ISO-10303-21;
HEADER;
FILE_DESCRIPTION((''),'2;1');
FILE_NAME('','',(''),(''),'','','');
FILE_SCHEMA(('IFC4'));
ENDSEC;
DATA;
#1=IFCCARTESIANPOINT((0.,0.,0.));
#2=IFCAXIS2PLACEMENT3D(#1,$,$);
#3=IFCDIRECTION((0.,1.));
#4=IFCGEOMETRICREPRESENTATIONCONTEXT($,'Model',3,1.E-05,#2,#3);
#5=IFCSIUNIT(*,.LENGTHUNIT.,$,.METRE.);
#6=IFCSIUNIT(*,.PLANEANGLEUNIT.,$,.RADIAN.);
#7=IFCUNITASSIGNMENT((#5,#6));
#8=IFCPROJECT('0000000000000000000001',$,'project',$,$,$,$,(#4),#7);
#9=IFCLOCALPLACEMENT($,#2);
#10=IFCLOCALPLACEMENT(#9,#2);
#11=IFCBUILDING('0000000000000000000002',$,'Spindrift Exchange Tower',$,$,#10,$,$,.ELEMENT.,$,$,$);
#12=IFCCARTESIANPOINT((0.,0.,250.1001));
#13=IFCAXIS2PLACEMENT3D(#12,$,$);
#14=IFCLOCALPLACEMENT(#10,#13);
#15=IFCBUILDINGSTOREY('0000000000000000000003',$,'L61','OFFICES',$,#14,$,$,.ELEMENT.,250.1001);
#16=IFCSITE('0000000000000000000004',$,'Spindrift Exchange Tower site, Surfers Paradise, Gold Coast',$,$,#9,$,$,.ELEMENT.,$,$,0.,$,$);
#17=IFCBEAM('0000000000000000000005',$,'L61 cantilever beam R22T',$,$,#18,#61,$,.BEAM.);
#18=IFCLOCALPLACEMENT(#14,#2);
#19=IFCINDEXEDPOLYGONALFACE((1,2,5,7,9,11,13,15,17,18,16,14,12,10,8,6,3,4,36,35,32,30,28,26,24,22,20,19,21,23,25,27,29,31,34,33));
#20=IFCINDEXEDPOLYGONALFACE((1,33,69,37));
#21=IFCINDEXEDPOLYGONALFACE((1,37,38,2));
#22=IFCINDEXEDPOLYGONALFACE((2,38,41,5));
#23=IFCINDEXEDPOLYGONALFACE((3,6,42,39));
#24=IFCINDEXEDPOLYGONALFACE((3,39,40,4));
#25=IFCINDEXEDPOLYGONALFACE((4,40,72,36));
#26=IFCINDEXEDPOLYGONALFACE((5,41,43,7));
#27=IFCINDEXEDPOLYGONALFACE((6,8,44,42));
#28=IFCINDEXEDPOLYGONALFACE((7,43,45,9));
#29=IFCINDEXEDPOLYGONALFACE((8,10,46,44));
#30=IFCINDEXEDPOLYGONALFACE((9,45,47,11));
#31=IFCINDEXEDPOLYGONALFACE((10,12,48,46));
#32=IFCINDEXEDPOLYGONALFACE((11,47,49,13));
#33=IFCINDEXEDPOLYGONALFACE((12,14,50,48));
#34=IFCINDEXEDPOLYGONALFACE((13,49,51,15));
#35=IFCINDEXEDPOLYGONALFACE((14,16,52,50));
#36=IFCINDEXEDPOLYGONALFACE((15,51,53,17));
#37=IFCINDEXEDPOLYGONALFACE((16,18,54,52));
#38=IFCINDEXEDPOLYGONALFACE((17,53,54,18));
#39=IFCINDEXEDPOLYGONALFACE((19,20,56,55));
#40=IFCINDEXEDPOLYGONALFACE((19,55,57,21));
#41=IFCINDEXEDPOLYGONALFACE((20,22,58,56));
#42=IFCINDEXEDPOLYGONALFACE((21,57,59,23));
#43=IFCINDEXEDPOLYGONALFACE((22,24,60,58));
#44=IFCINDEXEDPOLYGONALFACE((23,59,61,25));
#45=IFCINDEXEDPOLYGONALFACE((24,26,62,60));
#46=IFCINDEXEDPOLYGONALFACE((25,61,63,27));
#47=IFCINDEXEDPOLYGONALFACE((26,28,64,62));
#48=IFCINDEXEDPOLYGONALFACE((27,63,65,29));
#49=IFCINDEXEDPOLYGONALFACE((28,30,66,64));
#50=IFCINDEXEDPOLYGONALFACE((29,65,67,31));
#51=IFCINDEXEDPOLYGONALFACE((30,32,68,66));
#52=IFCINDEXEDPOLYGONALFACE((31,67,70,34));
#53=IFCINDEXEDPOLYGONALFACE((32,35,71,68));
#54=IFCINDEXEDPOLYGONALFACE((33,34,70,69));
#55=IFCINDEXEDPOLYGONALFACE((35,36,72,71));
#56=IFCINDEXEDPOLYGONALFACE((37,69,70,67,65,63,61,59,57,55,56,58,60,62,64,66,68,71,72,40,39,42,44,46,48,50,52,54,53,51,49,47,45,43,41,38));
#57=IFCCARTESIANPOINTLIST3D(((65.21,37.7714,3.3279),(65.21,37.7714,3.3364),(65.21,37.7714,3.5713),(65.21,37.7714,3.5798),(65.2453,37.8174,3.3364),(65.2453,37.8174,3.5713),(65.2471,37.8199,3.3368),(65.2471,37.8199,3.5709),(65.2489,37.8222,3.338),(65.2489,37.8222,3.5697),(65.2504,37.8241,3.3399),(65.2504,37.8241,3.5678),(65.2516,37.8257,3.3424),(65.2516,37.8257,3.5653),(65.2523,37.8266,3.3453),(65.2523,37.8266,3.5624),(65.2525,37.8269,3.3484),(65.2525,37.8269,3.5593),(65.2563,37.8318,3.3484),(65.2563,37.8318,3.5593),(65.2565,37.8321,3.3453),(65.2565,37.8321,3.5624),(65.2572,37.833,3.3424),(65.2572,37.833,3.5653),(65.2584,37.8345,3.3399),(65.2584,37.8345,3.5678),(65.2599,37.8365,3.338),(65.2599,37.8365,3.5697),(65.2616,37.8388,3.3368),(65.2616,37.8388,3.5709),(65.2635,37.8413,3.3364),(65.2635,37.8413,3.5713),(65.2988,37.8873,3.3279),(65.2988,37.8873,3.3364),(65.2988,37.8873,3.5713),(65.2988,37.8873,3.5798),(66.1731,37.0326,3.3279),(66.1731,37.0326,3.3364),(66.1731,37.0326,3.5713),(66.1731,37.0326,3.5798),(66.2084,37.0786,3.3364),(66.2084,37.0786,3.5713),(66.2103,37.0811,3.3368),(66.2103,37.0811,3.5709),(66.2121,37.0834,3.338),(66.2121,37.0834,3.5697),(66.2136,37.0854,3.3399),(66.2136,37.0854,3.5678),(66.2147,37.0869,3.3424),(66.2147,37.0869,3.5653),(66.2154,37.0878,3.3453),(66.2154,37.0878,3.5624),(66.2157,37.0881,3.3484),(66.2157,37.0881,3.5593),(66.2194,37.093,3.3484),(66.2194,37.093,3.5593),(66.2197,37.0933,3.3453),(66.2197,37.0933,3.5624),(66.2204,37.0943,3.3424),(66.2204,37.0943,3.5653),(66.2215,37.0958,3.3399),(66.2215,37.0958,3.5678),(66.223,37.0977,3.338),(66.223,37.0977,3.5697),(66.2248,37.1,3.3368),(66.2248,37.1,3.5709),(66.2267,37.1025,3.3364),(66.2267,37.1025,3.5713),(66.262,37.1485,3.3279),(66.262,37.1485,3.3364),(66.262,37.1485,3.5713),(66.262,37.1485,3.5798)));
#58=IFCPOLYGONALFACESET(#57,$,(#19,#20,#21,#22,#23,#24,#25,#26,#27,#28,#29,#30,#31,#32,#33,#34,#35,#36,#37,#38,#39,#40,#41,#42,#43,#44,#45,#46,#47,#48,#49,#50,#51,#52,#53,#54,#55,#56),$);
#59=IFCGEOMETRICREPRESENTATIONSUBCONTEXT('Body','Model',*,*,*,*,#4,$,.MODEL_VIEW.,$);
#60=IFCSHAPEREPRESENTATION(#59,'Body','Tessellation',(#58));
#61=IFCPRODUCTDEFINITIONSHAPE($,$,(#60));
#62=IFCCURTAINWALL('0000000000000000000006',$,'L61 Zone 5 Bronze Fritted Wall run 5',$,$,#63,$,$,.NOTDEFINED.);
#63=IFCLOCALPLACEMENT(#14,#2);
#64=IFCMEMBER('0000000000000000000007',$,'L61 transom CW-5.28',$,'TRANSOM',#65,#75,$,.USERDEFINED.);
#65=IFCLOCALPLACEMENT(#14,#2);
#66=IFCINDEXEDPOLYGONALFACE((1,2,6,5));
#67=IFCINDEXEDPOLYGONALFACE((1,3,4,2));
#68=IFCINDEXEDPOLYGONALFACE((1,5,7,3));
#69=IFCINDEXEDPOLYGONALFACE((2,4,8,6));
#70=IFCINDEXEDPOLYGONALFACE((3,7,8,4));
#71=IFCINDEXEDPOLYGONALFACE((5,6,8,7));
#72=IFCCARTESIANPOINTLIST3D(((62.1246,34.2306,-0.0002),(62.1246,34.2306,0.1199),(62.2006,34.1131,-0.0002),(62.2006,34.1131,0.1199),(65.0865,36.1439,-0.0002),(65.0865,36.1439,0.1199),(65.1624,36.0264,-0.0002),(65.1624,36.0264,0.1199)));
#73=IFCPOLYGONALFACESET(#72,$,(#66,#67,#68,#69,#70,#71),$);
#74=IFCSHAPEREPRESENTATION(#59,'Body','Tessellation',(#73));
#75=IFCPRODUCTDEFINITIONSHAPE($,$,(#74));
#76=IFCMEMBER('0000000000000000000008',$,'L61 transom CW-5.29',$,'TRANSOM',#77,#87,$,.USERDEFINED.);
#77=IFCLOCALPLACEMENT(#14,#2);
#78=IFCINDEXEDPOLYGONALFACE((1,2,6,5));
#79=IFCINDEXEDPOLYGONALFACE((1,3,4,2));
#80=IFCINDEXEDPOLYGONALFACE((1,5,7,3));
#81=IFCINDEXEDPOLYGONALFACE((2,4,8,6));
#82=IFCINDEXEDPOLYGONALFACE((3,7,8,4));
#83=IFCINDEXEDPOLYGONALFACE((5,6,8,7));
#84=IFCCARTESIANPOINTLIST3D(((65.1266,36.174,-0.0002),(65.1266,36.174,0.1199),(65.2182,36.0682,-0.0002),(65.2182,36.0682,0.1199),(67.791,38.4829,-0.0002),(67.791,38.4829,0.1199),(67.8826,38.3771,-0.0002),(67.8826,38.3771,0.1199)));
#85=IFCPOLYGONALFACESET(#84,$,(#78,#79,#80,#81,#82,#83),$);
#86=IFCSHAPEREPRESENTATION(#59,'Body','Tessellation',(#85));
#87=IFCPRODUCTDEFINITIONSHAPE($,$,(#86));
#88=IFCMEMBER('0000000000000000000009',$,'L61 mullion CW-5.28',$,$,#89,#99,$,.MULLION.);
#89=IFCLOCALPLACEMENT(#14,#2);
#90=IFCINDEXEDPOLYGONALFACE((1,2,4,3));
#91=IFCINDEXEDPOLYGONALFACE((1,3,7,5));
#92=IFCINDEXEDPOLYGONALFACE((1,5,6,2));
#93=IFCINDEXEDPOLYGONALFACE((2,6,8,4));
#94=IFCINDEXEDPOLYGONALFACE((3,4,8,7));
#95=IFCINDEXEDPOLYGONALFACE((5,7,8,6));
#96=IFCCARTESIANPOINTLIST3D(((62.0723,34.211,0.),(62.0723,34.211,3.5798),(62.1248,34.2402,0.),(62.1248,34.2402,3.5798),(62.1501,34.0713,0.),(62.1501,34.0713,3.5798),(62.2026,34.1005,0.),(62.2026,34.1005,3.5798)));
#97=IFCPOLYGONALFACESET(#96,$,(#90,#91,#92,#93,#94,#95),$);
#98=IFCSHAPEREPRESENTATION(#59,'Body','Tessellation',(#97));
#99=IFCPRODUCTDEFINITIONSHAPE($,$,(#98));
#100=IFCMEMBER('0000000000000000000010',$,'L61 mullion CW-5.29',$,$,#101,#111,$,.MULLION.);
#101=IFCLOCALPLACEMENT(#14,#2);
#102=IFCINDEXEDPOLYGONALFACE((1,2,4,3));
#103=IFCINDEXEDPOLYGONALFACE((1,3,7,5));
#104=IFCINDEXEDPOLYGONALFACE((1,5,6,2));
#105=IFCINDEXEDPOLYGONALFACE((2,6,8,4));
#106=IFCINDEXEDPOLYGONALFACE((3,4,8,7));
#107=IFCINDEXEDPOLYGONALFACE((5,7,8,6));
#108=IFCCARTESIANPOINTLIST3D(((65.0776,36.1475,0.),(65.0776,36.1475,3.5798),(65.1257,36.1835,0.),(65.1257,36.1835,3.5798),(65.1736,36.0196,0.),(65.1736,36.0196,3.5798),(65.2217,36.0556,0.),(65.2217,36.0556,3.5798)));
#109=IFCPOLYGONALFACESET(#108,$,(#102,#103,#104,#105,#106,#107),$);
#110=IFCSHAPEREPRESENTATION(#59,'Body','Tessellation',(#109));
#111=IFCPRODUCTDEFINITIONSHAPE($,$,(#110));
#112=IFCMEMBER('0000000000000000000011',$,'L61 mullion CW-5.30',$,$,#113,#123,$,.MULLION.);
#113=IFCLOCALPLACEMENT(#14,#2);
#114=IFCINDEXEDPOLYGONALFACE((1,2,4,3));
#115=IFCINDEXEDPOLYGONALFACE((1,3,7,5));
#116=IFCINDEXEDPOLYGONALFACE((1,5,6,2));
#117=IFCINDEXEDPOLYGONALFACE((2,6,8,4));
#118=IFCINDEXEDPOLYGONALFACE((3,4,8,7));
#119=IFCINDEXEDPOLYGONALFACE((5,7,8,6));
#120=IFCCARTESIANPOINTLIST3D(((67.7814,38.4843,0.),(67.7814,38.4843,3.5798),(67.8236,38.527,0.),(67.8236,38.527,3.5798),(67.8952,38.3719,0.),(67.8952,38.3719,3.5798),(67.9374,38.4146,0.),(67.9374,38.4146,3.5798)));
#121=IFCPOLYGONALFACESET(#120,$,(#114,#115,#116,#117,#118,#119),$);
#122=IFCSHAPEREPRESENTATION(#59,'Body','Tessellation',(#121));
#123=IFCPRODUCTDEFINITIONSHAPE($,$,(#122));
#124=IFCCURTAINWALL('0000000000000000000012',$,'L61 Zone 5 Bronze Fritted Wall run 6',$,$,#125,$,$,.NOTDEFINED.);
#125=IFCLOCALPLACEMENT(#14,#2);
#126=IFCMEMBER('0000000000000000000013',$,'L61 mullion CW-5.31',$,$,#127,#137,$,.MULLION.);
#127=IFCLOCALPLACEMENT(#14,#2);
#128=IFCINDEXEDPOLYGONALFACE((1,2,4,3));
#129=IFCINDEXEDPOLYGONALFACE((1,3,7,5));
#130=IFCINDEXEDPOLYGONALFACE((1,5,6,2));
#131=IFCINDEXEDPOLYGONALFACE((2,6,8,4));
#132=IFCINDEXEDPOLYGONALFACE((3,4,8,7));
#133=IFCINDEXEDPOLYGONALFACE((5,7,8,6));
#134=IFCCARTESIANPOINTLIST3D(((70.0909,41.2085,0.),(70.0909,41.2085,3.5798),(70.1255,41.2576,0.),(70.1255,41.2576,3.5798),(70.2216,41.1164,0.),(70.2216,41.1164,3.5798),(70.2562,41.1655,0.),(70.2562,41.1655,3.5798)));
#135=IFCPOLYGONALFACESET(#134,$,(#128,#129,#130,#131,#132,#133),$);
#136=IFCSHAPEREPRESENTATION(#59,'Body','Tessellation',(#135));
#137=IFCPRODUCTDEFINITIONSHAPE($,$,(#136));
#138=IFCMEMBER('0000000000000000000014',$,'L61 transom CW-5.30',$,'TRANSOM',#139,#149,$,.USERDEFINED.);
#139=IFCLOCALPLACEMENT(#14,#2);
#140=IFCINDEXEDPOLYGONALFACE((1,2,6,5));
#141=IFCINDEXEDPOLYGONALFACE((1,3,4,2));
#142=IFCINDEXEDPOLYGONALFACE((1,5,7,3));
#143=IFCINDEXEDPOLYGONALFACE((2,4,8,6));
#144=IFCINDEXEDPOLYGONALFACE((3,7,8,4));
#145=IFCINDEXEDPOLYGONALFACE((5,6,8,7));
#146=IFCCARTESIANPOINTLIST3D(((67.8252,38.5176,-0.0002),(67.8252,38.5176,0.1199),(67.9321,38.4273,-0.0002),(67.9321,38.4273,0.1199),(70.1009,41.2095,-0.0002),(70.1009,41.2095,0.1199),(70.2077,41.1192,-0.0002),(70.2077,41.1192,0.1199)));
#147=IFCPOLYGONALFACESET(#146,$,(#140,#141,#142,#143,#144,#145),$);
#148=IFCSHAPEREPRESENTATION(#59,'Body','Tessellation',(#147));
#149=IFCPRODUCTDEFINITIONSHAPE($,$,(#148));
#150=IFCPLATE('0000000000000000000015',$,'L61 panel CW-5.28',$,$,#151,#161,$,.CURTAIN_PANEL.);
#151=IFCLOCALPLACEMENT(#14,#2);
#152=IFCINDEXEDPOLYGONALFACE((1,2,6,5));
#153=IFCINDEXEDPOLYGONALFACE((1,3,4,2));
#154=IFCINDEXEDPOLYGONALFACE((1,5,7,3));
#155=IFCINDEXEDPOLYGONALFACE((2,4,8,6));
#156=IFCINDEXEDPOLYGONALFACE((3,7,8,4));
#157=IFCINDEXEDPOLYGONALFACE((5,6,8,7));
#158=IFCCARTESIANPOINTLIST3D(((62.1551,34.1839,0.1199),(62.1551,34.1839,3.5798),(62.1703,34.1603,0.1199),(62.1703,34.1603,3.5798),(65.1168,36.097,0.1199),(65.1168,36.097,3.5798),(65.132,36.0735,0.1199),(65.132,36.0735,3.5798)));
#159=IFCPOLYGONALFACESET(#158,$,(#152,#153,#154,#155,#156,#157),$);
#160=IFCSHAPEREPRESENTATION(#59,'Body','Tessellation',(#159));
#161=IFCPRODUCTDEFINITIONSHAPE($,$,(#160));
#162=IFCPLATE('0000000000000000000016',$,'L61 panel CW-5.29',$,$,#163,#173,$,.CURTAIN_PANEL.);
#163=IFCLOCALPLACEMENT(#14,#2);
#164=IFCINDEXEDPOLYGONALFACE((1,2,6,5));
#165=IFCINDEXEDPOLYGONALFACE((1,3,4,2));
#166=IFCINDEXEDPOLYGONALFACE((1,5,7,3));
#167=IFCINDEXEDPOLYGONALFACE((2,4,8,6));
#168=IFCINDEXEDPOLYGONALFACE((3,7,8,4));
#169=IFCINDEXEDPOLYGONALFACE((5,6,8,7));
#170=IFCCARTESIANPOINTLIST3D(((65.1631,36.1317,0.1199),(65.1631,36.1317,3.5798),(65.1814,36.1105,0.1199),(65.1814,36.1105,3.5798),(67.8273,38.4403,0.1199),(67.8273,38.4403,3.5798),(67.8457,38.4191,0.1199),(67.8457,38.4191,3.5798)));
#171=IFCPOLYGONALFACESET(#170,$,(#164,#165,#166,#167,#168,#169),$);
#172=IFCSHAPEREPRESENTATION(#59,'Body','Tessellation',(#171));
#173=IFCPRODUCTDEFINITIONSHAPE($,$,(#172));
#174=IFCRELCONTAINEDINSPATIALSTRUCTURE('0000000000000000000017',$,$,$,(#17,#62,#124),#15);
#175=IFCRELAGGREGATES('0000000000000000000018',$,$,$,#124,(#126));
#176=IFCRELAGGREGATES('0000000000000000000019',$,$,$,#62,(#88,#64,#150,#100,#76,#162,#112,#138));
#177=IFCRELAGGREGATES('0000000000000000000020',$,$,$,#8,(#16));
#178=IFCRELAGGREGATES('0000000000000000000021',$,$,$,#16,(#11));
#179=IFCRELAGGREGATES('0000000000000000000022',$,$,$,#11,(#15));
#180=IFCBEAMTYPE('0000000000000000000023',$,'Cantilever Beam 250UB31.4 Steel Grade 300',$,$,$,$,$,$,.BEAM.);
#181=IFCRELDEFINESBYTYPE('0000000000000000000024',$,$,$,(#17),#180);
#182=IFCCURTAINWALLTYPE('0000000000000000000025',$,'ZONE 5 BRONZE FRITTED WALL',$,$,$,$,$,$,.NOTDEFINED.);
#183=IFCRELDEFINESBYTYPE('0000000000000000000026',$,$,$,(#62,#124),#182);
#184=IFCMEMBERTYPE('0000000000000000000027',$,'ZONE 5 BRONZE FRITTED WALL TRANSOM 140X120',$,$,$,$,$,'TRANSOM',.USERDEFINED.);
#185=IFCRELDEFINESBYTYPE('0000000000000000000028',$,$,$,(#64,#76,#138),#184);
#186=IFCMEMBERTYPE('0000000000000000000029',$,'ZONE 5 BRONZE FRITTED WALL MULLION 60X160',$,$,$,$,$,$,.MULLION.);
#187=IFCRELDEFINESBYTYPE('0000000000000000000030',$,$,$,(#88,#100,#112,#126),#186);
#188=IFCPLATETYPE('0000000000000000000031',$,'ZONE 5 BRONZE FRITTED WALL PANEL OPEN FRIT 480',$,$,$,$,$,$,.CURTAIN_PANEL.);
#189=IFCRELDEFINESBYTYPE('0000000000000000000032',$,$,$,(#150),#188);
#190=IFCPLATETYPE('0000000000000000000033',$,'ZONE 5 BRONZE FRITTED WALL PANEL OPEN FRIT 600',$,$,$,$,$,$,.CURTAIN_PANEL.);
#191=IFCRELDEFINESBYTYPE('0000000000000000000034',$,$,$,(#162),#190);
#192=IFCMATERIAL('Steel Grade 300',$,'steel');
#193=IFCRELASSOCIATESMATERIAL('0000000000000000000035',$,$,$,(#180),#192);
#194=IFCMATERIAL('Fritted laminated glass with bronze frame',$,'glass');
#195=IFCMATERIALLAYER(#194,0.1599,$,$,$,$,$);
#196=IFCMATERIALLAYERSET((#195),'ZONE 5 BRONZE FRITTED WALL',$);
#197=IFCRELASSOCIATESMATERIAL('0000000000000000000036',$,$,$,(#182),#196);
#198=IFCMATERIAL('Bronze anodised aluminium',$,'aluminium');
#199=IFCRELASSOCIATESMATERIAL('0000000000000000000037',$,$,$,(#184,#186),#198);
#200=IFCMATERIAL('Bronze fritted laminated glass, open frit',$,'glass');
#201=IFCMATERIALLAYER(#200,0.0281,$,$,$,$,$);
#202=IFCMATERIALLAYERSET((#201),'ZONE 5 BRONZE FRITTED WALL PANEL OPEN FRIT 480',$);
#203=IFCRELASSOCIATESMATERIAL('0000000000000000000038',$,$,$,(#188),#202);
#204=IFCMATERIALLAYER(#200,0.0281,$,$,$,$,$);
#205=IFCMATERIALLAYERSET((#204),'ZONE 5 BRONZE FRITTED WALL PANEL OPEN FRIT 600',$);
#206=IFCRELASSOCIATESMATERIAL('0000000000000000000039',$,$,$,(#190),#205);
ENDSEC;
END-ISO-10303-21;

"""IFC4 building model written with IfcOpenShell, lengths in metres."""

from ifc_helpers import new_model, si_unit, direction, frame, origin, origin_2d, place, context, subcontext, project, spatial, rectangle, i_section, extrude, source, transform, mapped, material, layer, layer_set, material_profile, profile_set, type_object, element, aggregate, save


model = new_model("IFC4")

# Units and contexts
model_context = context("Model", 3, precision=1e-05, world=origin(), true_north=direction((0.0, 1.0)))
body_context = subcontext(model_context, "Body", "Model", "MODEL_VIEW")
ifc_project = project(units=[si_unit("LENGTHUNIT", "METRE"), si_unit("PLANEANGLEUNIT", "RADIAN")], contexts=[model_context])

# Site, building, storey
site_placement = place(None, origin())
site = spatial("IfcSite", under=ifc_project, at=site_placement, Name="Spindrift Exchange Tower site, Surfers Paradise, Gold Coast", CompositionType="ELEMENT", RefElevation=0.0)
building_placement = place(site_placement, origin())
building = spatial("IfcBuilding", under=site, at=building_placement, Name="Spindrift Exchange Tower", CompositionType="ELEMENT")
storey_placement = place(building_placement, frame((0.0, 0.0, 250.1001)))
storey = spatial("IfcBuildingStorey", under=building, at=storey_placement, Name="L61", Description="OFFICES", CompositionType="ELEMENT", Elevation=250.1001)

# Beam
ifc_material_1 = material(Name="Steel Grade 300", Category="steel")
ifc_material_profile_1 = material_profile(ifc_material_1, i_section(OverallWidth=0.146, OverallDepth=0.252, WebThickness=0.0061, FlangeThickness=0.0085, FilletRadius=0.012, at=origin_2d()), Name="250UB31.4")
ifc_profile_set_1 = profile_set([ifc_material_profile_1], Name="Steel Grade 300")
beam_type_1 = type_object("IfcBeamType", Name="Cantilever Beam 250UB31.4 Steel Grade 300", PredefinedType="BEAM", material=ifc_profile_set_1)
shared_shape_1 = source(origin(), body_context, "Body", "SweptSolid", [
    extrude(i_section(OverallWidth=0.146, OverallDepth=0.252, WebThickness=0.0061, FlangeThickness=0.0085, FilletRadius=0.012, at=origin_2d()), origin(), (0.0, 0.0, 1.0), 1.2139),
])
beam_1_placement = place(storey_placement, frame((65.2544, 37.8293, 3.4539), z_axis=(0.793461, -0.608622, 0.0), x_axis=(0.608622, 0.793461, 0.0)))
element("IfcBeam", 1, at=beam_1_placement, inside=storey, type_object=beam_type_1, Name="L61 cantilever beam R22T", PredefinedType="BEAM", context=body_context, shape_type="MappedRepresentation", body=[
    mapped(shared_shape_1, transform((0.0, 0.0, 0.0), scale=1.0)),
])

# Curtain wall, members
ifc_material_2 = material(Name="Fritted laminated glass with bronze frame", Category="glass")
ifc_layer_1 = layer(ifc_material_2, 0.1599)
ifc_layer_set_1 = layer_set([ifc_layer_1], Name="ZONE 5 BRONZE FRITTED WALL")
curtain_wall_type = type_object("IfcCurtainWallType", Name="ZONE 5 BRONZE FRITTED WALL", PredefinedType="NOTDEFINED", material=ifc_layer_set_1)
curtain_wall_1_placement = place(storey_placement, origin())
curtain_wall_1 = element("IfcCurtainWall", 2, at=curtain_wall_1_placement, inside=storey, type_object=curtain_wall_type, Name="L61 Zone 5 Bronze Fritted Wall run 5", PredefinedType="NOTDEFINED")
ifc_material_3 = material(Name="Bronze anodised aluminium", Category="aluminium")
ifc_material_profile_2 = material_profile(ifc_material_3, rectangle(XDim=0.1399, YDim=0.1201, at=origin_2d()), Name="ZONE 5 BRONZE FRITTED WALL TRANSOM 140X120")
ifc_profile_set_2 = profile_set([ifc_material_profile_2], Name="Bronze anodised aluminium")
member_type_1 = type_object("IfcMemberType", Name="ZONE 5 BRONZE FRITTED WALL TRANSOM 140X120", ElementType="TRANSOM", PredefinedType="USERDEFINED", material=ifc_profile_set_2)
shared_shape_2 = source(origin(), body_context, "Body", "SweptSolid", [
    extrude(rectangle(XDim=0.1399, YDim=0.1201, at=origin_2d()), origin(), (0.0, 0.0, 1.0), 3.5261),
])
member_1_placement = place(storey_placement, frame((62.1626, 34.1719, 0.0598), z_axis=(0.839984, 0.542611, 0.0), x_axis=(-0.542611, 0.839984, 0.0)))
member_1 = element("IfcMember", 3, at=member_1_placement, type_object=member_type_1, Name="L61 transom CW-5.28", ObjectType="TRANSOM", PredefinedType="USERDEFINED", context=body_context, shape_type="MappedRepresentation", body=[
    mapped(shared_shape_2, transform((0.0, 0.0, 0.0), scale=1.0)),
])
shared_shape_3 = source(origin(), body_context, "Body", "SweptSolid", [
    extrude(rectangle(XDim=0.1399, YDim=0.1201, at=origin_2d()), origin(), (0.0, 0.0, 1.0), 3.5256),
])
member_2_placement = place(storey_placement, frame((65.1724, 36.1211, 0.0598), z_axis=(0.755721, 0.654894, 0.0), x_axis=(-0.654894, 0.755721, 0.0)))
member_2 = element("IfcMember", 4, at=member_2_placement, type_object=member_type_1, Name="L61 transom CW-5.29", ObjectType="TRANSOM", PredefinedType="USERDEFINED", context=body_context, shape_type="MappedRepresentation", body=[
    mapped(shared_shape_3, transform((0.0, 0.0, 0.0), scale=1.0)),
])
ifc_material_profile_3 = material_profile(ifc_material_3, rectangle(XDim=0.0601, YDim=0.1599, at=origin_2d()), Name="ZONE 5 BRONZE FRITTED WALL MULLION 60X160")
ifc_profile_set_3 = profile_set([ifc_material_profile_3], Name="Bronze anodised aluminium")
member_type_2 = type_object("IfcMemberType", Name="ZONE 5 BRONZE FRITTED WALL MULLION 60X160", PredefinedType="MULLION", material=ifc_profile_set_3)
shared_shape_4 = source(origin(), body_context, "Body", "SweptSolid", [
    extrude(rectangle(XDim=0.0601, YDim=0.1599, at=origin_2d()), origin(), (0.0, 0.0, 1.0), 3.5798),
])
member_3_placement = place(storey_placement, frame((62.1375, 34.1558, 0.0), z_axis=(0.0, 0.0, 1.0), x_axis=(0.873804, 0.486278, 0.0)))
member_3 = element("IfcMember", 5, at=member_3_placement, type_object=member_type_2, Name="L61 mullion CW-5.28", PredefinedType="MULLION", context=body_context, shape_type="MappedRepresentation", body=[
    mapped(shared_shape_4, transform((0.0, 0.0, 0.0), scale=1.0)),
])
member_4_placement = place(storey_placement, frame((65.1497, 36.1016, 0.0), z_axis=(0.0, 0.0, 1.0), x_axis=(0.799837, 0.600217, 0.0)))
member_4 = element("IfcMember", 6, at=member_4_placement, type_object=member_type_2, Name="L61 mullion CW-5.29", PredefinedType="MULLION", context=body_context, shape_type="MappedRepresentation", body=[
    mapped(shared_shape_4, transform((0.0, 0.0, 0.0), scale=1.0)),
])
member_5_placement = place(storey_placement, frame((67.8594, 38.4495, 0.0), z_axis=(0.0, 0.0, 1.0), x_axis=(0.70278, 0.711408, 0.0)))
member_5 = element("IfcMember", 7, at=member_5_placement, type_object=member_type_2, Name="L61 mullion CW-5.30", PredefinedType="MULLION", context=body_context, shape_type="MappedRepresentation", body=[
    mapped(shared_shape_4, transform((0.0, 0.0, 0.0), scale=1.0)),
])

# Curtain wall, member
curtain_wall_2_placement = place(storey_placement, origin())
curtain_wall_2 = element("IfcCurtainWall", 8, at=curtain_wall_2_placement, inside=storey, type_object=curtain_wall_type, Name="L61 Zone 5 Bronze Fritted Wall run 6", PredefinedType="NOTDEFINED")
member_6_placement = place(storey_placement, frame((70.1736, 41.187, 0.0), z_axis=(0.0, 0.0, 1.0), x_axis=(0.576, 0.81745, 0.0)))
member_6 = element("IfcMember", 9, at=member_6_placement, type_object=member_type_2, Name="L61 mullion CW-5.31", PredefinedType="MULLION", context=body_context, shape_type="MappedRepresentation", body=[
    mapped(shared_shape_4, transform((0.0, 0.0, 0.0), scale=1.0)),
])
aggregate(curtain_wall_2, [member_6])

# Member
shared_shape_5 = source(origin(), body_context, "Body", "SweptSolid", [
    extrude(rectangle(XDim=0.1399, YDim=0.1201, at=origin_2d()), origin(), (0.0, 0.0, 1.0), 3.5249),
])
member_7_placement = place(storey_placement, frame((67.8787, 38.4724, 0.0598), z_axis=(0.645591, 0.763683, 0.0), x_axis=(-0.763683, 0.645591, 0.0)))
member_7 = element("IfcMember", 10, at=member_7_placement, type_object=member_type_1, Name="L61 transom CW-5.30", ObjectType="TRANSOM", PredefinedType="USERDEFINED", context=body_context, shape_type="MappedRepresentation", body=[
    mapped(shared_shape_5, transform((0.0, 0.0, 0.0), scale=1.0)),
])

# Plates
ifc_material_4 = material(Name="Bronze fritted laminated glass, open frit", Category="glass")
ifc_layer_2 = layer(ifc_material_4, 0.0281)
ifc_layer_set_2 = layer_set([ifc_layer_2], Name="ZONE 5 BRONZE FRITTED WALL PANEL OPEN FRIT 480")
plate_type_1 = type_object("IfcPlateType", Name="ZONE 5 BRONZE FRITTED WALL PANEL OPEN FRIT 480", PredefinedType="CURTAIN_PANEL", material=ifc_layer_set_2)
shared_shape_6 = source(origin(), body_context, "Body", "SweptSolid", [
    extrude(rectangle(XDim=3.5259, YDim=0.0281, at=origin_2d()), origin(), (0.0, 0.0, 1.0), 3.46),
])
plate_1_placement = place(storey_placement, frame((63.6436, 35.1287, 0.1199), z_axis=(0.0, 0.0, 1.0), x_axis=(0.839986, 0.542609, 0.0)))
plate_1 = element("IfcPlate", 11, at=plate_1_placement, type_object=plate_type_1, Name="L61 panel CW-5.28", PredefinedType="CURTAIN_PANEL", context=body_context, shape_type="MappedRepresentation", body=[
    mapped(shared_shape_6, transform((0.0, 0.0, 0.0), scale=1.0)),
])
ifc_layer_3 = layer(ifc_material_4, 0.0281)
ifc_layer_set_3 = layer_set([ifc_layer_3], Name="ZONE 5 BRONZE FRITTED WALL PANEL OPEN FRIT 600")
plate_type_2 = type_object("IfcPlateType", Name="ZONE 5 BRONZE FRITTED WALL PANEL OPEN FRIT 600", PredefinedType="CURTAIN_PANEL", material=ifc_layer_set_3)
shared_shape_7 = source(origin(), body_context, "Body", "SweptSolid", [
    extrude(rectangle(XDim=3.5254, YDim=0.0281, at=origin_2d()), origin(), (0.0, 0.0, 1.0), 3.46),
])
plate_2_placement = place(storey_placement, frame((66.5044, 37.2754, 0.1199), z_axis=(0.0, 0.0, 1.0), x_axis=(0.755745, 0.654866, 0.0)))
plate_2 = element("IfcPlate", 12, at=plate_2_placement, type_object=plate_type_2, Name="L61 panel CW-5.29", PredefinedType="CURTAIN_PANEL", context=body_context, shape_type="MappedRepresentation", body=[
    mapped(shared_shape_7, transform((0.0, 0.0, 0.0), scale=1.0)),
])
aggregate(curtain_wall_1, [member_3, member_1, plate_1, member_4, member_2, plate_2, member_5, member_7])

save(model, "model.ifc")
